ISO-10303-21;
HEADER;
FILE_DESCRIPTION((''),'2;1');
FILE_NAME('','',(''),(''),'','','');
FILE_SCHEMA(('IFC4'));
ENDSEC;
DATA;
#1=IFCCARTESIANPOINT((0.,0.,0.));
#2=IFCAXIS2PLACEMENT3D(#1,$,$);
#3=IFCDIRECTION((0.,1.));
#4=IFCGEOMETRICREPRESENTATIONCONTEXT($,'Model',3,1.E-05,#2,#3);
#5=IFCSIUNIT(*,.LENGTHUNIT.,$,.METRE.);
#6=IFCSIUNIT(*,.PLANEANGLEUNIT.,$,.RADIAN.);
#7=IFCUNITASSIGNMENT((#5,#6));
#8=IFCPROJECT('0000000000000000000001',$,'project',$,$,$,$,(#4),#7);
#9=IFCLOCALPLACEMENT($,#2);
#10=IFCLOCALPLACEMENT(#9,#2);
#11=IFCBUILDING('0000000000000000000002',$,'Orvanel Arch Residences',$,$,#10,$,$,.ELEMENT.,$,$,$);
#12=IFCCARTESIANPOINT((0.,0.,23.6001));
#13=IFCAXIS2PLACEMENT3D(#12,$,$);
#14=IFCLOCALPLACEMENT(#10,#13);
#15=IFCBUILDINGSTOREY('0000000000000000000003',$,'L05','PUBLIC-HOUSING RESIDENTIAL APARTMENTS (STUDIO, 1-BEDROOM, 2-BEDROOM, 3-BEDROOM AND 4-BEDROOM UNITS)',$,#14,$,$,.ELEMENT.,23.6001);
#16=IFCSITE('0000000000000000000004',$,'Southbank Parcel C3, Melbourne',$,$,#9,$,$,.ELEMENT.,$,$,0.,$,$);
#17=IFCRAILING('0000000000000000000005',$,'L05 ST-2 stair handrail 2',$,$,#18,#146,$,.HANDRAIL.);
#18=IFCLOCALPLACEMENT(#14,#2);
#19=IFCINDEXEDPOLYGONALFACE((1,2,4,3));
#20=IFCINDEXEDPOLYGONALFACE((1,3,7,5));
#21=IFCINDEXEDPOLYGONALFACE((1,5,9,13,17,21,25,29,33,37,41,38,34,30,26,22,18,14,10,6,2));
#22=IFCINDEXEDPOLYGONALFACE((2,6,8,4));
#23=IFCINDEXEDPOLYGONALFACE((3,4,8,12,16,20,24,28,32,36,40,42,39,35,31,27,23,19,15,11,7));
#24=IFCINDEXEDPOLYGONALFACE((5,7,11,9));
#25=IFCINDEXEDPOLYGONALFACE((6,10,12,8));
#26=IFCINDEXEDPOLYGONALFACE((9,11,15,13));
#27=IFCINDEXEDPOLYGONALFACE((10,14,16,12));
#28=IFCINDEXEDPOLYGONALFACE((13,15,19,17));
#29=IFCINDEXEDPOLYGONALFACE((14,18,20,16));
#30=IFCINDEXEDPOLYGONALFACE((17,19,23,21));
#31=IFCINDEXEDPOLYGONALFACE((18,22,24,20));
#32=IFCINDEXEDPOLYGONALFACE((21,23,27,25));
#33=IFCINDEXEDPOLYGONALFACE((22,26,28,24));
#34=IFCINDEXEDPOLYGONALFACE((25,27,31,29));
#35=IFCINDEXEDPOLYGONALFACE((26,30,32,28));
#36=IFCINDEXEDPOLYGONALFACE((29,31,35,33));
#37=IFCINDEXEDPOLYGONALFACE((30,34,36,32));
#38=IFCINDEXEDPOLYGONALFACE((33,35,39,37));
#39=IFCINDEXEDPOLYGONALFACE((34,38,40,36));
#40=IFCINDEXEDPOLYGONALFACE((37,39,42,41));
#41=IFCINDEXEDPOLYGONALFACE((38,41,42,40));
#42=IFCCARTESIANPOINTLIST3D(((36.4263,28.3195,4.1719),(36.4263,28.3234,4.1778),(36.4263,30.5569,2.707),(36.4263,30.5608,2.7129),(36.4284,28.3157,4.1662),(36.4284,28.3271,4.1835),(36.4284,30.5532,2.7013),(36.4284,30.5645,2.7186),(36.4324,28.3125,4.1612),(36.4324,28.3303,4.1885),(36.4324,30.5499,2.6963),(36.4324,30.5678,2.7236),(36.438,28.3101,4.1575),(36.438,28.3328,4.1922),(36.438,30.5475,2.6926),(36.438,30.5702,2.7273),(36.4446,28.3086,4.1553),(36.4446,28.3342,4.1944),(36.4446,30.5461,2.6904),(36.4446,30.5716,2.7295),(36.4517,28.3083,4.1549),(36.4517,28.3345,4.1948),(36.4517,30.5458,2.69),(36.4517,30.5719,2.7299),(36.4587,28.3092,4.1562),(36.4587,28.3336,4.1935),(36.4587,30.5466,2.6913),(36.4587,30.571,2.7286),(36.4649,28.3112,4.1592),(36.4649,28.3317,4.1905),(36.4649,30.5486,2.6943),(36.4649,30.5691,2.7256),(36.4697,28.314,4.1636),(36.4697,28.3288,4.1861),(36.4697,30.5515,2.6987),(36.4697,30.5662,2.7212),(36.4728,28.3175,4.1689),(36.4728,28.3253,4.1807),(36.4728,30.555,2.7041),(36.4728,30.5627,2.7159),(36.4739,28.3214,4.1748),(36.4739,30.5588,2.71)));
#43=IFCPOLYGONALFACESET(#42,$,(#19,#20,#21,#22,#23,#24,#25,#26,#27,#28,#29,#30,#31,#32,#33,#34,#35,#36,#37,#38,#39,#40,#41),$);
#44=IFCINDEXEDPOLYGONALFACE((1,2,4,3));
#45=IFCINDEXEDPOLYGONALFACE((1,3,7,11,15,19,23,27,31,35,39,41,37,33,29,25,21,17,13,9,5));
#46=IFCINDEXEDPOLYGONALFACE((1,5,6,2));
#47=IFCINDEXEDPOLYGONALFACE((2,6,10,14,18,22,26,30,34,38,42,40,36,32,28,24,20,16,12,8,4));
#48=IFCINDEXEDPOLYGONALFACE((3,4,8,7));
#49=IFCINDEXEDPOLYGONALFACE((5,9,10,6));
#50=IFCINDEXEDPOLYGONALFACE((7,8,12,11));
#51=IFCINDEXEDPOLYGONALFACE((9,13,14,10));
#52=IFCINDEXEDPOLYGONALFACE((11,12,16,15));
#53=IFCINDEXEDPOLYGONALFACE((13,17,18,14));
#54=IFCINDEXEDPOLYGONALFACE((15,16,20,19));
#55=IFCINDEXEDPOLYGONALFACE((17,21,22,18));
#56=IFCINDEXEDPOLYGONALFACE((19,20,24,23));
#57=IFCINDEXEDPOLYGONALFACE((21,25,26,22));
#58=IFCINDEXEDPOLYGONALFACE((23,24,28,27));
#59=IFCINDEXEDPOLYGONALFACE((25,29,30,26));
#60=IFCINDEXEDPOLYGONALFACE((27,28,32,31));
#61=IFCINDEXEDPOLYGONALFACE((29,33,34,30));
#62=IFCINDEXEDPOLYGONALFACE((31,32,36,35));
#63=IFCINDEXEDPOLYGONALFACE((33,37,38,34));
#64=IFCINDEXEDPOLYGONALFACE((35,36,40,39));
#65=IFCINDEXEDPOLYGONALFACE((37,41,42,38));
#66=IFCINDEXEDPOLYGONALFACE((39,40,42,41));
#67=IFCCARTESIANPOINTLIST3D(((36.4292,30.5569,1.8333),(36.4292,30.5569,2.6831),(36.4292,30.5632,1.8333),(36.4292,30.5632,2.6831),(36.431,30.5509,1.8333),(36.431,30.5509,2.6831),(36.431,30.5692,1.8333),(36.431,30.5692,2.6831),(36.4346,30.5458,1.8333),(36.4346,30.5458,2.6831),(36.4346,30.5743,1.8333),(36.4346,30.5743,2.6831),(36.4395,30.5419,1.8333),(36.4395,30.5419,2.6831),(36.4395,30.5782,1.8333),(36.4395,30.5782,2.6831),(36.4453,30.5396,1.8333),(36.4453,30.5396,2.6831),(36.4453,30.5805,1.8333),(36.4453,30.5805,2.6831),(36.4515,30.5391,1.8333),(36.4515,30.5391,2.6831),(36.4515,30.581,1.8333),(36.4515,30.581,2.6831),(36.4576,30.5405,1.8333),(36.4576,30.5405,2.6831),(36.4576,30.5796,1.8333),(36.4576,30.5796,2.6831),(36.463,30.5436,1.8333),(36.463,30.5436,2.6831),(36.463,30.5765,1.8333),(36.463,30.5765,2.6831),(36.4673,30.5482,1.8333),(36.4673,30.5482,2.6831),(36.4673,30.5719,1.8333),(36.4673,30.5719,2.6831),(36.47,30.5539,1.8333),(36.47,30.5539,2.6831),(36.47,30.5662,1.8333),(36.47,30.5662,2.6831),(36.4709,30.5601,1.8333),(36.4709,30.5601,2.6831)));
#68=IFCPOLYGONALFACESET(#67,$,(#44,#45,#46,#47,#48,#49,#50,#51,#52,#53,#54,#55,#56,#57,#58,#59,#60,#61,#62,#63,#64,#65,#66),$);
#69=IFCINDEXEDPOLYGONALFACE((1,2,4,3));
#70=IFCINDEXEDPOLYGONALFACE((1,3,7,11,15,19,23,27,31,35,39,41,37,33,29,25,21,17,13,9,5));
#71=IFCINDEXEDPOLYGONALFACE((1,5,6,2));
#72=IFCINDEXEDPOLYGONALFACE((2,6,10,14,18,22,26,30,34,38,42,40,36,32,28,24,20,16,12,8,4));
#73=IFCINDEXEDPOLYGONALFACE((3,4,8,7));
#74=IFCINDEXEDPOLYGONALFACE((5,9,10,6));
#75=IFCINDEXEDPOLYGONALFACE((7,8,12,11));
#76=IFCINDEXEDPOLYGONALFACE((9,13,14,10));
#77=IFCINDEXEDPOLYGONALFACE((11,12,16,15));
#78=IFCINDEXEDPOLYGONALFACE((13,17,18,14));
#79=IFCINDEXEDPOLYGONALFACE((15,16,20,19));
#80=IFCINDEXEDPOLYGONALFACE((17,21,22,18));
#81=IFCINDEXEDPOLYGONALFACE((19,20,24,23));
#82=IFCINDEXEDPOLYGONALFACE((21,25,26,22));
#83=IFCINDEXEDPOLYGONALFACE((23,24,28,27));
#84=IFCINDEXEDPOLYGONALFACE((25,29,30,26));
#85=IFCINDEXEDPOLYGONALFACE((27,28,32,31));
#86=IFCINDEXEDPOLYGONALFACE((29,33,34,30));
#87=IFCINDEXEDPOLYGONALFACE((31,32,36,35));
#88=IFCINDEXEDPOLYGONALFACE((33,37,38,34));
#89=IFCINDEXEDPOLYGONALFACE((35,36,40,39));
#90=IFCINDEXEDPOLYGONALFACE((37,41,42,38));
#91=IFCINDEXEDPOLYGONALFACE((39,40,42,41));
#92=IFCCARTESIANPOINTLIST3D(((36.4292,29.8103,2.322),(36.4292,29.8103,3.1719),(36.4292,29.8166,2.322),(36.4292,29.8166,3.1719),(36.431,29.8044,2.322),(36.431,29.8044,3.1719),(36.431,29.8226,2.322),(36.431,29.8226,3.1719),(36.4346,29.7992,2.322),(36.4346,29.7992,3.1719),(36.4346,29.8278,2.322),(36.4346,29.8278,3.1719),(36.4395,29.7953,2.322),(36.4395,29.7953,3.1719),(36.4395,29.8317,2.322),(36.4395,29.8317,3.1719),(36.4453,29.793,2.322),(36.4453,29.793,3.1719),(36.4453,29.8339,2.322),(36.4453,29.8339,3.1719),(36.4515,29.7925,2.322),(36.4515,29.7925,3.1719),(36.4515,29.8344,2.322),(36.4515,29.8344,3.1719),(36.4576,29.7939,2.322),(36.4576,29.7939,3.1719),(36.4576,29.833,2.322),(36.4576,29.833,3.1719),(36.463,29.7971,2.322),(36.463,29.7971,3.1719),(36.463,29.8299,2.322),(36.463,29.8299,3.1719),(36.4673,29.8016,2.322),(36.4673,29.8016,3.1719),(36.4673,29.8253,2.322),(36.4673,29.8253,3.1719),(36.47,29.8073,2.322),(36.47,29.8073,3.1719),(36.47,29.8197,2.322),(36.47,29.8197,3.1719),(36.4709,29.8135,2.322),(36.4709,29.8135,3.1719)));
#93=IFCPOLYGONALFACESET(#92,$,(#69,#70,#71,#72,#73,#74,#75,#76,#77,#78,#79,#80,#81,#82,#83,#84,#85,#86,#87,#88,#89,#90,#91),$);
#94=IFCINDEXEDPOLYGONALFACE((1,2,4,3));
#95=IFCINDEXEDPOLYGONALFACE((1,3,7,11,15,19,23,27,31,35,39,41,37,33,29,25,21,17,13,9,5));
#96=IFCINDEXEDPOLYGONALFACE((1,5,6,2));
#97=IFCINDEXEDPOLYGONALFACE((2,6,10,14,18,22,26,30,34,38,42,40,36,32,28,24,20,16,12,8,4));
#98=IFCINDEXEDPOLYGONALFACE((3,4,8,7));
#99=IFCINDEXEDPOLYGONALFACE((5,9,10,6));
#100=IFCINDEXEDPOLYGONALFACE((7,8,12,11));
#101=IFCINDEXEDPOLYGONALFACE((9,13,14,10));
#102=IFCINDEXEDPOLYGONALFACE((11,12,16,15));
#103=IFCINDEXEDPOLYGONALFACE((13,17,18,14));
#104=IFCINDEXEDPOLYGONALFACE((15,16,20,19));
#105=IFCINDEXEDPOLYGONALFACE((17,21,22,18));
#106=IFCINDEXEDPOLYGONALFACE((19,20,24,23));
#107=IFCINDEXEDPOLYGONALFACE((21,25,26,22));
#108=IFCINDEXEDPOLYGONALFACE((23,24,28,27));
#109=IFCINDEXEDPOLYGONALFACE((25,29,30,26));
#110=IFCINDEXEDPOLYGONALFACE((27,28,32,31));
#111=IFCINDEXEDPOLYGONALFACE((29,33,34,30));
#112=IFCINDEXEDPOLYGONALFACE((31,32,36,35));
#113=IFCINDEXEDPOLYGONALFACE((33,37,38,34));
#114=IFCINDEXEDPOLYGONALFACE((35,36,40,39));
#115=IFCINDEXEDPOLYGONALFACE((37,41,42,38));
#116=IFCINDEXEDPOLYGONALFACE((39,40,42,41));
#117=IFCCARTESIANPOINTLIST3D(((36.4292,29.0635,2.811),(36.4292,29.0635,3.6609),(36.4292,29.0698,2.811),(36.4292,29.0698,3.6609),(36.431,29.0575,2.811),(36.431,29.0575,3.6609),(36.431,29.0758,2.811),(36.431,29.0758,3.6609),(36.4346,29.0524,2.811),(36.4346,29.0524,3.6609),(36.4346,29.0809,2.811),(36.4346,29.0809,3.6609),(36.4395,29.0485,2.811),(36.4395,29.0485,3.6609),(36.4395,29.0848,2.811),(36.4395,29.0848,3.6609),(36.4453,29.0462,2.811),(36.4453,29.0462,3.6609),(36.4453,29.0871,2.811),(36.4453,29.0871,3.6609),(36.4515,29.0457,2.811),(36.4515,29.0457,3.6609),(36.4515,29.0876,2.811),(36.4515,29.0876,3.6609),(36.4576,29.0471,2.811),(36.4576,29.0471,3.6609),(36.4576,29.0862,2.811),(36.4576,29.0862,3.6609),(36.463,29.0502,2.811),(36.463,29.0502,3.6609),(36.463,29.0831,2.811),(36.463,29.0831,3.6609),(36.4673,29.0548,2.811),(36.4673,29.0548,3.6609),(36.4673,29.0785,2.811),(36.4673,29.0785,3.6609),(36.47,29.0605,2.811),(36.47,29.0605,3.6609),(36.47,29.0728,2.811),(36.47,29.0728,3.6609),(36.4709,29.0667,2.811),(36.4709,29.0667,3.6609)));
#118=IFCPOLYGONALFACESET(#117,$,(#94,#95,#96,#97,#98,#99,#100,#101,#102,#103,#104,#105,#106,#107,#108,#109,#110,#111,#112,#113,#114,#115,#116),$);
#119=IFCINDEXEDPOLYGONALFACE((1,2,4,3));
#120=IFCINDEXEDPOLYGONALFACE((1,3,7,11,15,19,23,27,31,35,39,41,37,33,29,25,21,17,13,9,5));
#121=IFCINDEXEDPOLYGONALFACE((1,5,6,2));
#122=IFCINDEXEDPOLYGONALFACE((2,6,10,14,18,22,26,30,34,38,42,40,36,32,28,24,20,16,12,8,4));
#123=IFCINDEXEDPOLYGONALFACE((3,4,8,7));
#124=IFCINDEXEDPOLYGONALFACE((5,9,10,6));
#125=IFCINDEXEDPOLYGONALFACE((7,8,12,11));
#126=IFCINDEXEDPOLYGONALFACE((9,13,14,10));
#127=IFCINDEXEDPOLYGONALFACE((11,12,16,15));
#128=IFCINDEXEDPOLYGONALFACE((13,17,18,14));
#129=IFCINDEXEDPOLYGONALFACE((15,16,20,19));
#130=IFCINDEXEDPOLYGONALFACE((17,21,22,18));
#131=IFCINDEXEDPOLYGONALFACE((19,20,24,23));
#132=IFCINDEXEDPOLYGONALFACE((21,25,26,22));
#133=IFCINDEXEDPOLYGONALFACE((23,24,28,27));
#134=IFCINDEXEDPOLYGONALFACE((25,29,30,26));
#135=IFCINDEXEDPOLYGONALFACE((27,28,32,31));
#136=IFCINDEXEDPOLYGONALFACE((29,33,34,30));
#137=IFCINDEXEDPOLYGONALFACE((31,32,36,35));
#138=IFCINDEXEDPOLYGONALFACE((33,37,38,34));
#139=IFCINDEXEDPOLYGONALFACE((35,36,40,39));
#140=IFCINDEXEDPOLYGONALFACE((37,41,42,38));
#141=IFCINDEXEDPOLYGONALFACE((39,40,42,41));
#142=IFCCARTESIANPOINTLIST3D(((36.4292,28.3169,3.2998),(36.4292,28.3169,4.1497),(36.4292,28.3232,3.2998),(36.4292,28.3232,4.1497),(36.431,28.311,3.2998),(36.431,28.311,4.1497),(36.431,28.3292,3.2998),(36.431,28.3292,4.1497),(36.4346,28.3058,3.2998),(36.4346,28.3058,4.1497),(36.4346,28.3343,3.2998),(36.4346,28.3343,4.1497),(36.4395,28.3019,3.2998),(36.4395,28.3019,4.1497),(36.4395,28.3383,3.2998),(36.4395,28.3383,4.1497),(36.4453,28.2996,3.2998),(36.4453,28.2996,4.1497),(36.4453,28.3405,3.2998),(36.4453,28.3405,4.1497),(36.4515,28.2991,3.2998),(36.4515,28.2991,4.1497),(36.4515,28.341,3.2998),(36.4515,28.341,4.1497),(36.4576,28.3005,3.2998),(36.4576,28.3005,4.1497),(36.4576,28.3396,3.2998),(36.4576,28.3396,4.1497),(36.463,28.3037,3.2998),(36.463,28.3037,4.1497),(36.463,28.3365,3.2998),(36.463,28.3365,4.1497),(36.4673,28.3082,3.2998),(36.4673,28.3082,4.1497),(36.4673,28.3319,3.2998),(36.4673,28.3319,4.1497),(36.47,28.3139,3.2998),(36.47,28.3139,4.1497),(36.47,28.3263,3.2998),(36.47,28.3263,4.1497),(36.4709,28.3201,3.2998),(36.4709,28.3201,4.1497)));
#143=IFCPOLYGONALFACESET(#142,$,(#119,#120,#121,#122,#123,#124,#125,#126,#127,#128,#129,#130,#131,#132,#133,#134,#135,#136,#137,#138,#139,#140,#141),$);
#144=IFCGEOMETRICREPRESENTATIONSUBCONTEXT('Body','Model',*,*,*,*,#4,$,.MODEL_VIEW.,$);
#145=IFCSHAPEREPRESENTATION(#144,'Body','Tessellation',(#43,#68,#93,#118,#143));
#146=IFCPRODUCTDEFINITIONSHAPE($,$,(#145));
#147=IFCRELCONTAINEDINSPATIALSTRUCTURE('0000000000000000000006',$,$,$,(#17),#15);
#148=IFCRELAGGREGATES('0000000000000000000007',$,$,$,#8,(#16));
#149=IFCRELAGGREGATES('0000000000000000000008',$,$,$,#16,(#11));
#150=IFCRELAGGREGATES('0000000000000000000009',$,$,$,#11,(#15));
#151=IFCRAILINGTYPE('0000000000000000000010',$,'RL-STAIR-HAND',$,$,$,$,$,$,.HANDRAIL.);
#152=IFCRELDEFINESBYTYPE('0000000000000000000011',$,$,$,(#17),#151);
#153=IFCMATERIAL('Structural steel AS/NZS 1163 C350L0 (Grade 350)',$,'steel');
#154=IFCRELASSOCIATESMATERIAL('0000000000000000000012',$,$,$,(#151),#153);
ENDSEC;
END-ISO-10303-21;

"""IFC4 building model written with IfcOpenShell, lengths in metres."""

from ifc_helpers import new_model, si_unit, direction, frame, origin, origin_2d, place, context, subcontext, project, spatial, circle, extrude, material, type_object, element, save


model = new_model("IFC4")

# Units and contexts
model_context = context("Model", 3, precision=1e-05, world=origin(), true_north=direction((0.0, 1.0)))
body_context = subcontext(model_context, "Body", "Model", "MODEL_VIEW")
ifc_project = project(units=[si_unit("LENGTHUNIT", "METRE"), si_unit("PLANEANGLEUNIT", "RADIAN")], contexts=[model_context])

# Site, building, storey
site_placement = place(None, origin())
site = spatial("IfcSite", under=ifc_project, at=site_placement, Name="Southbank Parcel C3, Melbourne", CompositionType="ELEMENT", RefElevation=0.0)
building_placement = place(site_placement, origin())
building = spatial("IfcBuilding", under=site, at=building_placement, Name="Orvanel Arch Residences", CompositionType="ELEMENT")
storey_placement = place(building_placement, frame((0.0, 0.0, 23.6001)))
storey = spatial("IfcBuildingStorey", under=building, at=storey_placement, Name="L05", Description="PUBLIC-HOUSING RESIDENTIAL APARTMENTS (STUDIO, 1-BEDROOM, 2-BEDROOM, 3-BEDROOM AND 4-BEDROOM UNITS)", CompositionType="ELEMENT", Elevation=23.6001)

# Railing
ifc_material_1 = material(Name="Structural steel AS/NZS 1163 C350L0 (Grade 350)", Category="steel")
railing_type_1 = type_object("IfcRailingType", Name="RL-STAIR-HAND", PredefinedType="HANDRAIL", material=ifc_material_1)
railing_1_placement = place(storey_placement, frame((36.45, 30.5601, 1.8333)))
element("IfcRailing", 1, at=railing_1_placement, inside=storey, type_object=railing_type_1, Name="L05 ST-2 stair handrail 2", PredefinedType="HANDRAIL", context=body_context, shape_type="SweptSolid", body=[
    extrude(circle(Radius=0.0239, at=origin_2d()), frame((0.0, -0.0012, 0.8767), z_axis=(0.0, -0.836637, 0.547758), x_axis=(1.0, 0.0, 0.0)), (0.0, 0.0, 1.0), 2.6743),
    extrude(circle(Radius=0.021, at=origin_2d()), origin(), (0.0, 0.0, 1.0), 0.8499),
    extrude(circle(Radius=0.021, at=origin_2d()), frame((0.0, -0.7466, 0.4888)), (0.0, 0.0, 1.0), 0.8499),
    extrude(circle(Radius=0.021, at=origin_2d()), frame((0.0, -1.4934, 0.9778)), (0.0, 0.0, 1.0), 0.8499),
    extrude(circle(Radius=0.021, at=origin_2d()), frame((0.0, -2.24, 1.4666)), (0.0, 0.0, 1.0), 0.8499),
])

save(model, "model.ifc")
